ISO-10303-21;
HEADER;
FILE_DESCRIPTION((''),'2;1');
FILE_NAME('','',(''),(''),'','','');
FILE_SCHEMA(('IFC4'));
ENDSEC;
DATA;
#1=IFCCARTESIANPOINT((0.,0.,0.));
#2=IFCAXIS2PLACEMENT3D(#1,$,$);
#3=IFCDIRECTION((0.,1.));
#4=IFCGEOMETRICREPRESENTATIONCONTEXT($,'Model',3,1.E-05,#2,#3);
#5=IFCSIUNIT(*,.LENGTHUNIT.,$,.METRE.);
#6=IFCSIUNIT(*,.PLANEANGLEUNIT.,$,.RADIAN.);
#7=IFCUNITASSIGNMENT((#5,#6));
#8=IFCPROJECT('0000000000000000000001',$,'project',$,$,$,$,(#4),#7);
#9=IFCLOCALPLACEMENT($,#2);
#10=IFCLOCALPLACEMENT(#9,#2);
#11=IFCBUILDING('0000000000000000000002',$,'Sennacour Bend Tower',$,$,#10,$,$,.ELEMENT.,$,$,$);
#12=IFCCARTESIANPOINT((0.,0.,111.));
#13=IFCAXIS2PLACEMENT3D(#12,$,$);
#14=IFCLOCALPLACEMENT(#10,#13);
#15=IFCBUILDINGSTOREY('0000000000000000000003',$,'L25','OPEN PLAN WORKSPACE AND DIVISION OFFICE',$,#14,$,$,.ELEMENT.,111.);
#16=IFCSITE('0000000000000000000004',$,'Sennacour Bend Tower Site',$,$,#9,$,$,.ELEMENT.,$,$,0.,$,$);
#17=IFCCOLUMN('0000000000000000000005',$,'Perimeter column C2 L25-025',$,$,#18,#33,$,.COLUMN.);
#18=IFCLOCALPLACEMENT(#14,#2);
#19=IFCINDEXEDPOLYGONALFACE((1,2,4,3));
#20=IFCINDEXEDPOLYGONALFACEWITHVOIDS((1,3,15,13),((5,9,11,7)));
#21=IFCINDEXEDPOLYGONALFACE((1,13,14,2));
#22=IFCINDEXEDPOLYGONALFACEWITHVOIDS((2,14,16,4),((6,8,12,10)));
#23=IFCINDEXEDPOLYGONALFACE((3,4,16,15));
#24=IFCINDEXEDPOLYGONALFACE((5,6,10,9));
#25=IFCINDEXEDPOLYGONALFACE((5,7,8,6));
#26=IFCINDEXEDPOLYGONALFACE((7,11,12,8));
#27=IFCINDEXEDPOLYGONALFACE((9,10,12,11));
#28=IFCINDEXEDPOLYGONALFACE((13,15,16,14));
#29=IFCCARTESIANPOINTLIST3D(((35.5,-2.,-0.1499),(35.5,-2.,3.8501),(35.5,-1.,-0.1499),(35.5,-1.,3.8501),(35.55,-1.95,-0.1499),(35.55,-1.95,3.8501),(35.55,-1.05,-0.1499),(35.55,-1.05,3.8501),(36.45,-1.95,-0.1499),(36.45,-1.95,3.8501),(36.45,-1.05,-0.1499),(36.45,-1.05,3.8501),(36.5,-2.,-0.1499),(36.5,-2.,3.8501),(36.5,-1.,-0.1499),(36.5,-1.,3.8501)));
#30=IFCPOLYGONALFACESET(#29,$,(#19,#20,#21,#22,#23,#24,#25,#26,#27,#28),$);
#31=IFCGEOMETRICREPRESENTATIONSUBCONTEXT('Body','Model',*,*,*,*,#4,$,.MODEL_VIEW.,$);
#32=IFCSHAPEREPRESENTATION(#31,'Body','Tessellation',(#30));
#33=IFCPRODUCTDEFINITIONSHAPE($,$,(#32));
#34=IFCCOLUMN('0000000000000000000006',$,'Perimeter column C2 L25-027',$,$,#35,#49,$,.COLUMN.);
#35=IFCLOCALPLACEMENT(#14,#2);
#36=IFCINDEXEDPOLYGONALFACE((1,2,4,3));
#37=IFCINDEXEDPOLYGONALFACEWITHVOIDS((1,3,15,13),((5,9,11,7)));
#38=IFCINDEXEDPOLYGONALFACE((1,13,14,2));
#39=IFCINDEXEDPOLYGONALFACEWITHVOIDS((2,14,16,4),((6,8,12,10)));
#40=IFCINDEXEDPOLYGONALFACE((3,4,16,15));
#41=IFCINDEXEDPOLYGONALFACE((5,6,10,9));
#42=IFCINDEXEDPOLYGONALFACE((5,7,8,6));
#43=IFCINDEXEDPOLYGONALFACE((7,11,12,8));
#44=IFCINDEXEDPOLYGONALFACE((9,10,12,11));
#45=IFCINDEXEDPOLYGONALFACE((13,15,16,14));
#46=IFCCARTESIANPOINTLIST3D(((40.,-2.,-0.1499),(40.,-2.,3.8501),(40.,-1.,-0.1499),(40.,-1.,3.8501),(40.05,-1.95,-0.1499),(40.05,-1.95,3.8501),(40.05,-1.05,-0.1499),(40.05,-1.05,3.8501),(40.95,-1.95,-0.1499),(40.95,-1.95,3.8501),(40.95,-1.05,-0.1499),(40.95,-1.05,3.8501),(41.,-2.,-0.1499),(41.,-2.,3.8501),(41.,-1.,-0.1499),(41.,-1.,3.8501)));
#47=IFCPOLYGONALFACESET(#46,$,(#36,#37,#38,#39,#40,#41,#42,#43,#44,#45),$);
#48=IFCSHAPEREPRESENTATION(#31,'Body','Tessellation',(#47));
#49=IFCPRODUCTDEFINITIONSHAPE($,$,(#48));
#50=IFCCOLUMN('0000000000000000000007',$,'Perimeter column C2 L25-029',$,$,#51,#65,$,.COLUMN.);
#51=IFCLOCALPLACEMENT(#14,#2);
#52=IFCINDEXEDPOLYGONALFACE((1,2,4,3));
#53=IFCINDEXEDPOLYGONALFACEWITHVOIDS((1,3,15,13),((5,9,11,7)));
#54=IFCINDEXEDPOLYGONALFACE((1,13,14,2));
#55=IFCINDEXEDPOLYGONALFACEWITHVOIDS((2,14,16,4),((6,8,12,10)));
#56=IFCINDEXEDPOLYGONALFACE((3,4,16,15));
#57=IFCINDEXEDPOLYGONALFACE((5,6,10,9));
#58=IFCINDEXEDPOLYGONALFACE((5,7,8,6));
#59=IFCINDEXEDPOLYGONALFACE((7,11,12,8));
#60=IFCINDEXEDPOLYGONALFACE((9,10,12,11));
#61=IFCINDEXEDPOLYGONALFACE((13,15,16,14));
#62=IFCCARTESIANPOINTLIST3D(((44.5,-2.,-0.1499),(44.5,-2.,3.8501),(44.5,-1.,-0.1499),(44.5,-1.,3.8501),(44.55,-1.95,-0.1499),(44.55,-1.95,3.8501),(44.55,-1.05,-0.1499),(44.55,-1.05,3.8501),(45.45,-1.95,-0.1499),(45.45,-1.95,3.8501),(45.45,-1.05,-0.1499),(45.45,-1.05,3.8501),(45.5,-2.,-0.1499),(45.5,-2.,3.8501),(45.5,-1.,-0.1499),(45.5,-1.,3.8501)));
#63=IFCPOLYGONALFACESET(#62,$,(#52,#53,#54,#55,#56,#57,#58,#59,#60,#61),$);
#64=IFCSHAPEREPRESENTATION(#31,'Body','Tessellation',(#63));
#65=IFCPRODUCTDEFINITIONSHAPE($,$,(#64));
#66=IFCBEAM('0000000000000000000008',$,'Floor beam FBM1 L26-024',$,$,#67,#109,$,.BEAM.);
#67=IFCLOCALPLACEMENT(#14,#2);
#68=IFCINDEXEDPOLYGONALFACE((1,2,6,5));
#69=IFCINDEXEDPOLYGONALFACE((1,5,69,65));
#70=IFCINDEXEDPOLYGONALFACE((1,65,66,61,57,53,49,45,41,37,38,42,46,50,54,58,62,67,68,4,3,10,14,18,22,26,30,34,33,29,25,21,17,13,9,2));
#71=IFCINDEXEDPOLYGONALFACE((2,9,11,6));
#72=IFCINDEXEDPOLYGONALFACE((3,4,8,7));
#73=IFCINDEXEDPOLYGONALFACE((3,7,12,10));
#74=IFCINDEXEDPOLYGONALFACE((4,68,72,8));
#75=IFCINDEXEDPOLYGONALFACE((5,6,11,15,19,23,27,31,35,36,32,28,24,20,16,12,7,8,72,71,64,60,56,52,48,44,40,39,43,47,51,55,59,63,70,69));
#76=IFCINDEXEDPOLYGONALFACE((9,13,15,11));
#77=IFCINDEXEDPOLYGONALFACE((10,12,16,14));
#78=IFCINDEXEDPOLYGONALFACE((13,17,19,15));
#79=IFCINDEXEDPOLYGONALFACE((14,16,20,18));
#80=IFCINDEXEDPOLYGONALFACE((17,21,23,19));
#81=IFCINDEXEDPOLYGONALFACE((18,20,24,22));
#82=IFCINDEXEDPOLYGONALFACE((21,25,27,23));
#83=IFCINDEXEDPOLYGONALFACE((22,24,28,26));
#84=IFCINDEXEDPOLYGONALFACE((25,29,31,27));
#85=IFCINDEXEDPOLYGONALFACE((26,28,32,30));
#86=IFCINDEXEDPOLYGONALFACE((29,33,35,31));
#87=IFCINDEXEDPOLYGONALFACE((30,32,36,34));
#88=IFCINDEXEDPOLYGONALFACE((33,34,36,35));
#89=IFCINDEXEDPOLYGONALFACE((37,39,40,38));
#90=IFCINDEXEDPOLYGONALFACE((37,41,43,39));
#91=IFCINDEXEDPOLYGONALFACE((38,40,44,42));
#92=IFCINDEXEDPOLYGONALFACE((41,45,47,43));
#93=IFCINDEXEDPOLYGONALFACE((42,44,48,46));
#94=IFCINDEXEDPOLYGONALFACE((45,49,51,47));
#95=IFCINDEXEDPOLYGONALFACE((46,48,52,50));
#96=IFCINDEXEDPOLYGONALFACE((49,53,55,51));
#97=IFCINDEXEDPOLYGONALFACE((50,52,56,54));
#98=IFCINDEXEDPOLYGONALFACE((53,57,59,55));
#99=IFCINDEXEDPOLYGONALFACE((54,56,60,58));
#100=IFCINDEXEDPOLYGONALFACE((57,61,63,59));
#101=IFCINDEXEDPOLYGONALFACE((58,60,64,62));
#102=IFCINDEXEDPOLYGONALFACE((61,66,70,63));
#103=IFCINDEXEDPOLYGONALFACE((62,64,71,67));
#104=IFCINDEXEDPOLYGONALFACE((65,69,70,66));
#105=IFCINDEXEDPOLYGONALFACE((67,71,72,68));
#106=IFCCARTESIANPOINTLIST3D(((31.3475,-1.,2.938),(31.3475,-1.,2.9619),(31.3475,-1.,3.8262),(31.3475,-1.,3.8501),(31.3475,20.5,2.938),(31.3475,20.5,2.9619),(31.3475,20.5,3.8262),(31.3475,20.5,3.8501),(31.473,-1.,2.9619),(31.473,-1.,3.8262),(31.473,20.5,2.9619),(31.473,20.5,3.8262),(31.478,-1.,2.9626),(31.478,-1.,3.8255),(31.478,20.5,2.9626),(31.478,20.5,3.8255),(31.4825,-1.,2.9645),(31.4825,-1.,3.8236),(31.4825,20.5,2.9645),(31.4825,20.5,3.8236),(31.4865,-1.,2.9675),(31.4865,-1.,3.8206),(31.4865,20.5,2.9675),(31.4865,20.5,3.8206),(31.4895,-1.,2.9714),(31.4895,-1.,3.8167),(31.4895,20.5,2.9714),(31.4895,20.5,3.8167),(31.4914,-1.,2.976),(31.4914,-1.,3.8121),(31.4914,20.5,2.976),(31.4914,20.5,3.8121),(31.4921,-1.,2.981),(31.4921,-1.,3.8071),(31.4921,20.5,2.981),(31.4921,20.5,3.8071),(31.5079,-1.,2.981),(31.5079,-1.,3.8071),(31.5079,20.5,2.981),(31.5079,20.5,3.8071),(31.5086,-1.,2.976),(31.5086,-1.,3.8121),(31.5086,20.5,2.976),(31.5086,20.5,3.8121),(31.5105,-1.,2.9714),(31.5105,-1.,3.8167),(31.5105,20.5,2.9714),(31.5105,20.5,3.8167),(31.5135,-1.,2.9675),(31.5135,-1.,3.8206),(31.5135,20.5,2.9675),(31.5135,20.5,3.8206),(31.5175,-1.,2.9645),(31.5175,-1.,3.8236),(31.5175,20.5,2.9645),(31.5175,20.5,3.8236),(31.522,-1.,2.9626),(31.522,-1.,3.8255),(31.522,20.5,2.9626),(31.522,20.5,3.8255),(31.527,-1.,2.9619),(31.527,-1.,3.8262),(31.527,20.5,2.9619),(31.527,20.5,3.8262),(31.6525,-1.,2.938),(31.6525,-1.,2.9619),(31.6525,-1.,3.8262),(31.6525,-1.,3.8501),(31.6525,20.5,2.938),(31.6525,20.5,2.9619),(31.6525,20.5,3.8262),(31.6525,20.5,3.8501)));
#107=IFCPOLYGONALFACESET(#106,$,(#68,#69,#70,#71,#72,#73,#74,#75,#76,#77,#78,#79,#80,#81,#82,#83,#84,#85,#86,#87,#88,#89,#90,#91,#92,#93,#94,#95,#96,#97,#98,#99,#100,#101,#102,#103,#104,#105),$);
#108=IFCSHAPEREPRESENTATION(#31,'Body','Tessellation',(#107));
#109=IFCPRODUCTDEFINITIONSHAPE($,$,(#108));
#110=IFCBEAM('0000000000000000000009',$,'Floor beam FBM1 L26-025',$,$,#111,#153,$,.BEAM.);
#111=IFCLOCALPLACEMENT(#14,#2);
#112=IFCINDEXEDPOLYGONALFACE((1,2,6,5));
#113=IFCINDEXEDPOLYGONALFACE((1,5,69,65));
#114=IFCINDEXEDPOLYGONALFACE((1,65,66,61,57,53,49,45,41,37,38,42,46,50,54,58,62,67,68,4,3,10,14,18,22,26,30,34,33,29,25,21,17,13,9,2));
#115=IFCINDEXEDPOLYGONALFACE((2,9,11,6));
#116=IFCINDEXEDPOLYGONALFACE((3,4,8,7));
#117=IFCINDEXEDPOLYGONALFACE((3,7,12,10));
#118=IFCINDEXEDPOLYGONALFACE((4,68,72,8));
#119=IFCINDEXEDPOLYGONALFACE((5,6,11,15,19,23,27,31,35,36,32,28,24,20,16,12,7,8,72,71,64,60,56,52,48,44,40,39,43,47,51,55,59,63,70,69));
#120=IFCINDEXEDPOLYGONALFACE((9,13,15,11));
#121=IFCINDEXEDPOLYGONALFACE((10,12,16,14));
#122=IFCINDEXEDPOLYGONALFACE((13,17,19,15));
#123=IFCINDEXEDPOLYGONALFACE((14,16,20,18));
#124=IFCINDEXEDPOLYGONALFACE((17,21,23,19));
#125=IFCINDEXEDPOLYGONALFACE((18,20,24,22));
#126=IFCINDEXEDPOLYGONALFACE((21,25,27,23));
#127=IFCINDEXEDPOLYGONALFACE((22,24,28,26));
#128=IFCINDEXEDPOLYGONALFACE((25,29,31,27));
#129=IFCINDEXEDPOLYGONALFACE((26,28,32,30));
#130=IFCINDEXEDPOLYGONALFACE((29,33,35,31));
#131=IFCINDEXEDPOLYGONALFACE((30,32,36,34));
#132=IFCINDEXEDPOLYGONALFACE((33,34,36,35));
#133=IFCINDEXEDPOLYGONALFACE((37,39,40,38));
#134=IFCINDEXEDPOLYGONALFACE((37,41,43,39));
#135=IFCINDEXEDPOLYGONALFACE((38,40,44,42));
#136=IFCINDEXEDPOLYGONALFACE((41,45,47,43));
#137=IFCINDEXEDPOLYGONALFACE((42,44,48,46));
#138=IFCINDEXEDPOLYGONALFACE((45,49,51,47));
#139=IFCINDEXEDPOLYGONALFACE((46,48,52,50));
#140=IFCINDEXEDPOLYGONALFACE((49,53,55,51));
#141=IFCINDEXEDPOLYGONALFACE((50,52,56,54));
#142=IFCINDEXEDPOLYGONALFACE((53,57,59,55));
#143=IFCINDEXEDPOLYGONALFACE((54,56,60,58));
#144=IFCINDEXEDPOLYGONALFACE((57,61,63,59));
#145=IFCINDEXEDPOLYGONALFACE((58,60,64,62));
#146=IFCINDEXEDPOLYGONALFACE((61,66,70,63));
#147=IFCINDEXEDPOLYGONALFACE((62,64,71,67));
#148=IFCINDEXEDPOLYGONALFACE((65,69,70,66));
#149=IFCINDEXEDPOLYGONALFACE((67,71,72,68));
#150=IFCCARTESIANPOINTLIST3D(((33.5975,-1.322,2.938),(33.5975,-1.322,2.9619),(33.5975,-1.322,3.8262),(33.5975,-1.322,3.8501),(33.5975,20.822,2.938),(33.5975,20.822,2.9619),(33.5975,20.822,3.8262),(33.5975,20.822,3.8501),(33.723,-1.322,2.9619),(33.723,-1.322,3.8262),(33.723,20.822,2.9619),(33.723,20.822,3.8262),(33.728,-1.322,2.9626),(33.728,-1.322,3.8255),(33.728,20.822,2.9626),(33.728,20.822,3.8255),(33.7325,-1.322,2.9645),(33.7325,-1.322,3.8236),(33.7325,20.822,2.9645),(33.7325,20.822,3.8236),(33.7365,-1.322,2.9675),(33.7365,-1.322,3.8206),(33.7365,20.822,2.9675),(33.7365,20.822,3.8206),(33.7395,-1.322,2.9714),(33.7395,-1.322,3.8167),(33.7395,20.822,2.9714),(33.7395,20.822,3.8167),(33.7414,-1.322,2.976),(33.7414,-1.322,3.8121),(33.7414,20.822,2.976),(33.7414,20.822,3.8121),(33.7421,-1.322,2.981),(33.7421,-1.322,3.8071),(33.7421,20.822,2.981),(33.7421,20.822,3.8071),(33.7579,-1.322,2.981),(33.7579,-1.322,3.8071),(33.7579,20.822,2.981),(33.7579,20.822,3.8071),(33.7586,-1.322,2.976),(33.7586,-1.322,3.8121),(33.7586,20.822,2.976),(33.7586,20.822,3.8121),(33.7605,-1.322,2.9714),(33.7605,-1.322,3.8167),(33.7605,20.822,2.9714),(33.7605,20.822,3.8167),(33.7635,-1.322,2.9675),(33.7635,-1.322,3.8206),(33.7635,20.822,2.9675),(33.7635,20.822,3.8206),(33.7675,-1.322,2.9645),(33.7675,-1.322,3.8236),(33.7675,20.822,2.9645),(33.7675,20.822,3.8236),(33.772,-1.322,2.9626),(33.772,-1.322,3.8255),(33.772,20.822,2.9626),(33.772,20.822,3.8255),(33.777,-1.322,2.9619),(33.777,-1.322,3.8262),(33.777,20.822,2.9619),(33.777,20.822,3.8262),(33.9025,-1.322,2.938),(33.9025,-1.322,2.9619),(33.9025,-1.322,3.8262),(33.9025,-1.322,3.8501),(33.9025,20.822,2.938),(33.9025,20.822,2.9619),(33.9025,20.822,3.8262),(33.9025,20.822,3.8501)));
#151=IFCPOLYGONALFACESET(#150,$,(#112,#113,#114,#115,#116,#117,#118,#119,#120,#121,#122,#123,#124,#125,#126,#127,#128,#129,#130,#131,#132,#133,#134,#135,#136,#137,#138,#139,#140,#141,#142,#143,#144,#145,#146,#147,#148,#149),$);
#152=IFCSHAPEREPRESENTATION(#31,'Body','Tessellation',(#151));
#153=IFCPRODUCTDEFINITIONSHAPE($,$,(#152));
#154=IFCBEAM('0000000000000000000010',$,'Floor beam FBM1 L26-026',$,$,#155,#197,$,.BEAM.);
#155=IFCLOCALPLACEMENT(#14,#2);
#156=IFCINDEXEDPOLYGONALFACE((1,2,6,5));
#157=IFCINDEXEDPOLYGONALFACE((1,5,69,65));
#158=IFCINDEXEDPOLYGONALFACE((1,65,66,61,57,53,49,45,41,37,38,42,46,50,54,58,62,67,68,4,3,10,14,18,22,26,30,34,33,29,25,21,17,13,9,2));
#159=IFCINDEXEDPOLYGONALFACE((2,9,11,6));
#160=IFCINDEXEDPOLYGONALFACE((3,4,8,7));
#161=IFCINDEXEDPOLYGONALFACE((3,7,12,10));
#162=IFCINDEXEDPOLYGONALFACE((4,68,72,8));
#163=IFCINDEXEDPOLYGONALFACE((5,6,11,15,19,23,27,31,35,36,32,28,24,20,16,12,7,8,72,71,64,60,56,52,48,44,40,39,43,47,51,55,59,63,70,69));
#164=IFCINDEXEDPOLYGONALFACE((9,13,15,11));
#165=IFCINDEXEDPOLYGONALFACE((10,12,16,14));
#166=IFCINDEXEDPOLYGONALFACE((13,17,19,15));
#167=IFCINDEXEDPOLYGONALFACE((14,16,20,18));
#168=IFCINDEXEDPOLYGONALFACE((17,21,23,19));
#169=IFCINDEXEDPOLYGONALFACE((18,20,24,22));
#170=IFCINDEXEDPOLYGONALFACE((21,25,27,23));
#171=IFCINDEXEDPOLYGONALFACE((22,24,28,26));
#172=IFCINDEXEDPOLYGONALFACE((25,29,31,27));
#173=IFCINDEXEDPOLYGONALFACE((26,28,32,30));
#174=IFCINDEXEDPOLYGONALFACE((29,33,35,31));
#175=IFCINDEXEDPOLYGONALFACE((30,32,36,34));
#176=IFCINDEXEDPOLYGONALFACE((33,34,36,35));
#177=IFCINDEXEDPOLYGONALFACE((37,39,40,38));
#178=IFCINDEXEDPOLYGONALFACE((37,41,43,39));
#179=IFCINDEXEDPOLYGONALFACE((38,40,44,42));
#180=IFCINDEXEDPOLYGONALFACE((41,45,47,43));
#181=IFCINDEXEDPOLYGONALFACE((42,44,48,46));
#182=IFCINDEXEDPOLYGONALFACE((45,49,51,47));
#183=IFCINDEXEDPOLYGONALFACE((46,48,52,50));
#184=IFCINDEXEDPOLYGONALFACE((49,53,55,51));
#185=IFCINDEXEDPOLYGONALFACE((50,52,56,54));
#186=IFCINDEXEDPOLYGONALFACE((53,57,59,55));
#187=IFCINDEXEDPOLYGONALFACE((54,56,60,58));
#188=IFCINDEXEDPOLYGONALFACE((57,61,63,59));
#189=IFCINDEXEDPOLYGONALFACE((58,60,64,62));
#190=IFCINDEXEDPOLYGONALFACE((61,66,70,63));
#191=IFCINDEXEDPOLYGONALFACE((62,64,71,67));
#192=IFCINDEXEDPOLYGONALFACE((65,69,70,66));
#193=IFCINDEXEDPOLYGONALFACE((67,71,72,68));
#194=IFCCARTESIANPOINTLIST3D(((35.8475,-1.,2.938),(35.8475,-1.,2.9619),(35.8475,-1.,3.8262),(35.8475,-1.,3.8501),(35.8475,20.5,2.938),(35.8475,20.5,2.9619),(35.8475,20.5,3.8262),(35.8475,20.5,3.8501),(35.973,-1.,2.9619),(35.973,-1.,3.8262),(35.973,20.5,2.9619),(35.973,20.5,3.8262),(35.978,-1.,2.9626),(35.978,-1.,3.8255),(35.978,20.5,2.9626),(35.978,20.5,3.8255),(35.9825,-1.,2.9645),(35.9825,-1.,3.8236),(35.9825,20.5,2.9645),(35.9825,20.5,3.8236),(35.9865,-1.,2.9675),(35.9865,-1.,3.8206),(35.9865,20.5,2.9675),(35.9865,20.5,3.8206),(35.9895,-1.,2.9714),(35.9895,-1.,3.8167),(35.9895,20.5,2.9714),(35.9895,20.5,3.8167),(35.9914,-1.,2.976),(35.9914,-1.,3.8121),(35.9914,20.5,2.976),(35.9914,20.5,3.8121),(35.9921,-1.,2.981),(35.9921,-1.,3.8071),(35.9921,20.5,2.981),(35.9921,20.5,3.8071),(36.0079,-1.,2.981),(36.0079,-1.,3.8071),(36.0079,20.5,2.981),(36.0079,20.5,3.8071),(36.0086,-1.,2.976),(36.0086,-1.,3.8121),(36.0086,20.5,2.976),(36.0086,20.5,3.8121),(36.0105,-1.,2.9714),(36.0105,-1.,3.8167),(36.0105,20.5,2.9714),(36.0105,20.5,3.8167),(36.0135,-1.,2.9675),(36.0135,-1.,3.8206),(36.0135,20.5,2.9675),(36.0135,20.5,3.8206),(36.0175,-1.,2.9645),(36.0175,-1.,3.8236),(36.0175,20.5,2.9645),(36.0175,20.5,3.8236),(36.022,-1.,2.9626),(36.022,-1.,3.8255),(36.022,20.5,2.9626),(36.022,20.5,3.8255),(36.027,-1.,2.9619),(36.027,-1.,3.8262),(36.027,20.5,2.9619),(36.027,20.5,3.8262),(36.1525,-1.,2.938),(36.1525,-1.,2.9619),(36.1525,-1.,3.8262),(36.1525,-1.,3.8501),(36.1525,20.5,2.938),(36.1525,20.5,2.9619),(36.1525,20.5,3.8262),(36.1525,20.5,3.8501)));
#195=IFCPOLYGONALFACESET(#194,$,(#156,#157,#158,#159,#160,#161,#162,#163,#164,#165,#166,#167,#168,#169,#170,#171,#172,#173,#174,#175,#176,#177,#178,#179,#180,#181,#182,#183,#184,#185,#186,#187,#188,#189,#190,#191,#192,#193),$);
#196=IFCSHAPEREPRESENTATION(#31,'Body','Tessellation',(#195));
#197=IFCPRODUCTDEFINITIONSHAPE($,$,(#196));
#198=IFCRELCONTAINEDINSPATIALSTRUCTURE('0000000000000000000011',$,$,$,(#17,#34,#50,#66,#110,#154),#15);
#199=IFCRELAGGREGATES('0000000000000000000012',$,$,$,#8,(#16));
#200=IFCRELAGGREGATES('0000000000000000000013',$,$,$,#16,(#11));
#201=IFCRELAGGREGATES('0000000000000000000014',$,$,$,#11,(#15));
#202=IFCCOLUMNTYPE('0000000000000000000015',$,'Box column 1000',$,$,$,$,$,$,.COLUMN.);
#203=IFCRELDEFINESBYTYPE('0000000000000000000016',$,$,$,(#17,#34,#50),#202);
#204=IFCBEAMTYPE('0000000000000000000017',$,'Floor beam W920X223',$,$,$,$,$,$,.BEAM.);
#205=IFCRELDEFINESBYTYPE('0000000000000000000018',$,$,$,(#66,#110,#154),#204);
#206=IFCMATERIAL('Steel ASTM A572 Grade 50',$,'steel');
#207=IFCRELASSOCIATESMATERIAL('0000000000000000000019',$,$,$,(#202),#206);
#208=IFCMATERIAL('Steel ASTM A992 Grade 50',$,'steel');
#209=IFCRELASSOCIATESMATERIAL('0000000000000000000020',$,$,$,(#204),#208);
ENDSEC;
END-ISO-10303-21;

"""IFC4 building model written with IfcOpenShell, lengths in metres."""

from ifc_helpers import new_model, si_unit, direction, frame, origin, origin_2d, place, context, subcontext, project, spatial, hollow_rectangle, i_section, extrude, material, material_profile, profile_set, type_object, element, save


model = new_model("IFC4")

# Units and contexts
model_context = context("Model", 3, precision=1e-05, world=origin(), true_north=direction((0.0, 1.0)))
body_context = subcontext(model_context, "Body", "Model", "MODEL_VIEW")
ifc_project = project(units=[si_unit("LENGTHUNIT", "METRE"), si_unit("PLANEANGLEUNIT", "RADIAN")], contexts=[model_context])

# Site, building, storey
site_placement = place(None, origin())
site = spatial("IfcSite", under=ifc_project, at=site_placement, Name="Sennacour Bend Tower Site", CompositionType="ELEMENT", RefElevation=0.0)
building_placement = place(site_placement, origin())
building = spatial("IfcBuilding", under=site, at=building_placement, Name="Sennacour Bend Tower", CompositionType="ELEMENT")
storey_placement = place(building_placement, frame((0.0, 0.0, 111.0)))
storey = spatial("IfcBuildingStorey", under=building, at=storey_placement, Name="L25", Description="OPEN PLAN WORKSPACE AND DIVISION OFFICE", CompositionType="ELEMENT", Elevation=111.0)

# Columns
ifc_material_1 = material(Name="Steel ASTM A572 Grade 50", Category="steel")
ifc_material_profile_1 = material_profile(ifc_material_1, hollow_rectangle(XDim=1.0, YDim=1.0, WallThickness=0.05, at=origin_2d()), Name="Steel ASTM A572 Grade 50", Category="steel")
ifc_profile_set_1 = profile_set([ifc_material_profile_1], Name="Steel ASTM A572 Grade 50")
column_type = type_object("IfcColumnType", Name="Box column 1000", PredefinedType="COLUMN", material=ifc_profile_set_1)
for number, where, z_axis, x_axis, name in (
    (1, (36.0, -1.5, -0.1499), (0.0, 0.0, 1.0), (1.0, 0.0, 0.0), "Perimeter column C2 L25-025"),
    (2, (40.5, -1.5, -0.1499), (0.0, 0.0, 1.0), (1.0, 0.0, 0.0), "Perimeter column C2 L25-027"),
    (3, (45.0, -1.5, -0.1499), (0.0, 0.0, 1.0), (1.0, 0.0, 0.0), "Perimeter column C2 L25-029"),
):
    element("IfcColumn", number, at=place(storey_placement, frame(where, z_axis=z_axis, x_axis=x_axis)), inside=storey, type_object=column_type, Name=name, PredefinedType="COLUMN", context=body_context, shape_type="SweptSolid", body=[
        extrude(hollow_rectangle(XDim=1.0, YDim=1.0, WallThickness=0.05, at=origin_2d()), origin(), (0.0, 0.0, 1.0), 4.0),
    ])

# Beams
ifc_material_2 = material(Name="Steel ASTM A992 Grade 50", Category="steel")
ifc_material_profile_2 = material_profile(ifc_material_2, i_section(OverallWidth=0.3049, OverallDepth=0.9121, WebThickness=0.0159, FlangeThickness=0.0239, FilletRadius=0.019, at=origin_2d()), Name="Steel ASTM A992 Grade 50", Category="steel")
ifc_profile_set_2 = profile_set([ifc_material_profile_2], Name="Steel ASTM A992 Grade 50")
beam_type_1 = type_object("IfcBeamType", Name="Floor beam W920X223", PredefinedType="BEAM", material=ifc_profile_set_2)
beam_1_placement = place(storey_placement, frame((31.5, -1.0, 3.394), z_axis=(0.0, 1.0, 0.0), x_axis=(-1.0, 0.0, 0.0)))
element("IfcBeam", 4, at=beam_1_placement, inside=storey, type_object=beam_type_1, Name="Floor beam FBM1 L26-024", PredefinedType="BEAM", context=body_context, shape_type="SweptSolid", body=[
    extrude(i_section(OverallWidth=0.3049, OverallDepth=0.9121, WebThickness=0.0159, FlangeThickness=0.0239, FilletRadius=0.019, at=origin_2d()), origin(), (0.0, 0.0, 1.0), 21.5),
])
beam_2_placement = place(storey_placement, frame((33.75, -1.322, 3.394), z_axis=(0.0, 1.0, 0.0), x_axis=(-1.0, 0.0, 0.0)))
element("IfcBeam", 5, at=beam_2_placement, inside=storey, type_object=beam_type_1, Name="Floor beam FBM1 L26-025", PredefinedType="BEAM", context=body_context, shape_type="SweptSolid", body=[
    extrude(i_section(OverallWidth=0.3049, OverallDepth=0.9121, WebThickness=0.0159, FlangeThickness=0.0239, FilletRadius=0.019, at=origin_2d()), origin(), (0.0, 0.0, 1.0), 22.144),
])
beam_3_placement = place(storey_placement, frame((36.0, -1.0, 3.394), z_axis=(0.0, 1.0, 0.0), x_axis=(-1.0, 0.0, 0.0)))
element("IfcBeam", 6, at=beam_3_placement, inside=storey, type_object=beam_type_1, Name="Floor beam FBM1 L26-026", PredefinedType="BEAM", context=body_context, shape_type="SweptSolid", body=[
    extrude(i_section(OverallWidth=0.3049, OverallDepth=0.9121, WebThickness=0.0159, FlangeThickness=0.0239, FilletRadius=0.019, at=origin_2d()), origin(), (0.0, 0.0, 1.0), 21.5),
])

save(model, "model.ifc")
